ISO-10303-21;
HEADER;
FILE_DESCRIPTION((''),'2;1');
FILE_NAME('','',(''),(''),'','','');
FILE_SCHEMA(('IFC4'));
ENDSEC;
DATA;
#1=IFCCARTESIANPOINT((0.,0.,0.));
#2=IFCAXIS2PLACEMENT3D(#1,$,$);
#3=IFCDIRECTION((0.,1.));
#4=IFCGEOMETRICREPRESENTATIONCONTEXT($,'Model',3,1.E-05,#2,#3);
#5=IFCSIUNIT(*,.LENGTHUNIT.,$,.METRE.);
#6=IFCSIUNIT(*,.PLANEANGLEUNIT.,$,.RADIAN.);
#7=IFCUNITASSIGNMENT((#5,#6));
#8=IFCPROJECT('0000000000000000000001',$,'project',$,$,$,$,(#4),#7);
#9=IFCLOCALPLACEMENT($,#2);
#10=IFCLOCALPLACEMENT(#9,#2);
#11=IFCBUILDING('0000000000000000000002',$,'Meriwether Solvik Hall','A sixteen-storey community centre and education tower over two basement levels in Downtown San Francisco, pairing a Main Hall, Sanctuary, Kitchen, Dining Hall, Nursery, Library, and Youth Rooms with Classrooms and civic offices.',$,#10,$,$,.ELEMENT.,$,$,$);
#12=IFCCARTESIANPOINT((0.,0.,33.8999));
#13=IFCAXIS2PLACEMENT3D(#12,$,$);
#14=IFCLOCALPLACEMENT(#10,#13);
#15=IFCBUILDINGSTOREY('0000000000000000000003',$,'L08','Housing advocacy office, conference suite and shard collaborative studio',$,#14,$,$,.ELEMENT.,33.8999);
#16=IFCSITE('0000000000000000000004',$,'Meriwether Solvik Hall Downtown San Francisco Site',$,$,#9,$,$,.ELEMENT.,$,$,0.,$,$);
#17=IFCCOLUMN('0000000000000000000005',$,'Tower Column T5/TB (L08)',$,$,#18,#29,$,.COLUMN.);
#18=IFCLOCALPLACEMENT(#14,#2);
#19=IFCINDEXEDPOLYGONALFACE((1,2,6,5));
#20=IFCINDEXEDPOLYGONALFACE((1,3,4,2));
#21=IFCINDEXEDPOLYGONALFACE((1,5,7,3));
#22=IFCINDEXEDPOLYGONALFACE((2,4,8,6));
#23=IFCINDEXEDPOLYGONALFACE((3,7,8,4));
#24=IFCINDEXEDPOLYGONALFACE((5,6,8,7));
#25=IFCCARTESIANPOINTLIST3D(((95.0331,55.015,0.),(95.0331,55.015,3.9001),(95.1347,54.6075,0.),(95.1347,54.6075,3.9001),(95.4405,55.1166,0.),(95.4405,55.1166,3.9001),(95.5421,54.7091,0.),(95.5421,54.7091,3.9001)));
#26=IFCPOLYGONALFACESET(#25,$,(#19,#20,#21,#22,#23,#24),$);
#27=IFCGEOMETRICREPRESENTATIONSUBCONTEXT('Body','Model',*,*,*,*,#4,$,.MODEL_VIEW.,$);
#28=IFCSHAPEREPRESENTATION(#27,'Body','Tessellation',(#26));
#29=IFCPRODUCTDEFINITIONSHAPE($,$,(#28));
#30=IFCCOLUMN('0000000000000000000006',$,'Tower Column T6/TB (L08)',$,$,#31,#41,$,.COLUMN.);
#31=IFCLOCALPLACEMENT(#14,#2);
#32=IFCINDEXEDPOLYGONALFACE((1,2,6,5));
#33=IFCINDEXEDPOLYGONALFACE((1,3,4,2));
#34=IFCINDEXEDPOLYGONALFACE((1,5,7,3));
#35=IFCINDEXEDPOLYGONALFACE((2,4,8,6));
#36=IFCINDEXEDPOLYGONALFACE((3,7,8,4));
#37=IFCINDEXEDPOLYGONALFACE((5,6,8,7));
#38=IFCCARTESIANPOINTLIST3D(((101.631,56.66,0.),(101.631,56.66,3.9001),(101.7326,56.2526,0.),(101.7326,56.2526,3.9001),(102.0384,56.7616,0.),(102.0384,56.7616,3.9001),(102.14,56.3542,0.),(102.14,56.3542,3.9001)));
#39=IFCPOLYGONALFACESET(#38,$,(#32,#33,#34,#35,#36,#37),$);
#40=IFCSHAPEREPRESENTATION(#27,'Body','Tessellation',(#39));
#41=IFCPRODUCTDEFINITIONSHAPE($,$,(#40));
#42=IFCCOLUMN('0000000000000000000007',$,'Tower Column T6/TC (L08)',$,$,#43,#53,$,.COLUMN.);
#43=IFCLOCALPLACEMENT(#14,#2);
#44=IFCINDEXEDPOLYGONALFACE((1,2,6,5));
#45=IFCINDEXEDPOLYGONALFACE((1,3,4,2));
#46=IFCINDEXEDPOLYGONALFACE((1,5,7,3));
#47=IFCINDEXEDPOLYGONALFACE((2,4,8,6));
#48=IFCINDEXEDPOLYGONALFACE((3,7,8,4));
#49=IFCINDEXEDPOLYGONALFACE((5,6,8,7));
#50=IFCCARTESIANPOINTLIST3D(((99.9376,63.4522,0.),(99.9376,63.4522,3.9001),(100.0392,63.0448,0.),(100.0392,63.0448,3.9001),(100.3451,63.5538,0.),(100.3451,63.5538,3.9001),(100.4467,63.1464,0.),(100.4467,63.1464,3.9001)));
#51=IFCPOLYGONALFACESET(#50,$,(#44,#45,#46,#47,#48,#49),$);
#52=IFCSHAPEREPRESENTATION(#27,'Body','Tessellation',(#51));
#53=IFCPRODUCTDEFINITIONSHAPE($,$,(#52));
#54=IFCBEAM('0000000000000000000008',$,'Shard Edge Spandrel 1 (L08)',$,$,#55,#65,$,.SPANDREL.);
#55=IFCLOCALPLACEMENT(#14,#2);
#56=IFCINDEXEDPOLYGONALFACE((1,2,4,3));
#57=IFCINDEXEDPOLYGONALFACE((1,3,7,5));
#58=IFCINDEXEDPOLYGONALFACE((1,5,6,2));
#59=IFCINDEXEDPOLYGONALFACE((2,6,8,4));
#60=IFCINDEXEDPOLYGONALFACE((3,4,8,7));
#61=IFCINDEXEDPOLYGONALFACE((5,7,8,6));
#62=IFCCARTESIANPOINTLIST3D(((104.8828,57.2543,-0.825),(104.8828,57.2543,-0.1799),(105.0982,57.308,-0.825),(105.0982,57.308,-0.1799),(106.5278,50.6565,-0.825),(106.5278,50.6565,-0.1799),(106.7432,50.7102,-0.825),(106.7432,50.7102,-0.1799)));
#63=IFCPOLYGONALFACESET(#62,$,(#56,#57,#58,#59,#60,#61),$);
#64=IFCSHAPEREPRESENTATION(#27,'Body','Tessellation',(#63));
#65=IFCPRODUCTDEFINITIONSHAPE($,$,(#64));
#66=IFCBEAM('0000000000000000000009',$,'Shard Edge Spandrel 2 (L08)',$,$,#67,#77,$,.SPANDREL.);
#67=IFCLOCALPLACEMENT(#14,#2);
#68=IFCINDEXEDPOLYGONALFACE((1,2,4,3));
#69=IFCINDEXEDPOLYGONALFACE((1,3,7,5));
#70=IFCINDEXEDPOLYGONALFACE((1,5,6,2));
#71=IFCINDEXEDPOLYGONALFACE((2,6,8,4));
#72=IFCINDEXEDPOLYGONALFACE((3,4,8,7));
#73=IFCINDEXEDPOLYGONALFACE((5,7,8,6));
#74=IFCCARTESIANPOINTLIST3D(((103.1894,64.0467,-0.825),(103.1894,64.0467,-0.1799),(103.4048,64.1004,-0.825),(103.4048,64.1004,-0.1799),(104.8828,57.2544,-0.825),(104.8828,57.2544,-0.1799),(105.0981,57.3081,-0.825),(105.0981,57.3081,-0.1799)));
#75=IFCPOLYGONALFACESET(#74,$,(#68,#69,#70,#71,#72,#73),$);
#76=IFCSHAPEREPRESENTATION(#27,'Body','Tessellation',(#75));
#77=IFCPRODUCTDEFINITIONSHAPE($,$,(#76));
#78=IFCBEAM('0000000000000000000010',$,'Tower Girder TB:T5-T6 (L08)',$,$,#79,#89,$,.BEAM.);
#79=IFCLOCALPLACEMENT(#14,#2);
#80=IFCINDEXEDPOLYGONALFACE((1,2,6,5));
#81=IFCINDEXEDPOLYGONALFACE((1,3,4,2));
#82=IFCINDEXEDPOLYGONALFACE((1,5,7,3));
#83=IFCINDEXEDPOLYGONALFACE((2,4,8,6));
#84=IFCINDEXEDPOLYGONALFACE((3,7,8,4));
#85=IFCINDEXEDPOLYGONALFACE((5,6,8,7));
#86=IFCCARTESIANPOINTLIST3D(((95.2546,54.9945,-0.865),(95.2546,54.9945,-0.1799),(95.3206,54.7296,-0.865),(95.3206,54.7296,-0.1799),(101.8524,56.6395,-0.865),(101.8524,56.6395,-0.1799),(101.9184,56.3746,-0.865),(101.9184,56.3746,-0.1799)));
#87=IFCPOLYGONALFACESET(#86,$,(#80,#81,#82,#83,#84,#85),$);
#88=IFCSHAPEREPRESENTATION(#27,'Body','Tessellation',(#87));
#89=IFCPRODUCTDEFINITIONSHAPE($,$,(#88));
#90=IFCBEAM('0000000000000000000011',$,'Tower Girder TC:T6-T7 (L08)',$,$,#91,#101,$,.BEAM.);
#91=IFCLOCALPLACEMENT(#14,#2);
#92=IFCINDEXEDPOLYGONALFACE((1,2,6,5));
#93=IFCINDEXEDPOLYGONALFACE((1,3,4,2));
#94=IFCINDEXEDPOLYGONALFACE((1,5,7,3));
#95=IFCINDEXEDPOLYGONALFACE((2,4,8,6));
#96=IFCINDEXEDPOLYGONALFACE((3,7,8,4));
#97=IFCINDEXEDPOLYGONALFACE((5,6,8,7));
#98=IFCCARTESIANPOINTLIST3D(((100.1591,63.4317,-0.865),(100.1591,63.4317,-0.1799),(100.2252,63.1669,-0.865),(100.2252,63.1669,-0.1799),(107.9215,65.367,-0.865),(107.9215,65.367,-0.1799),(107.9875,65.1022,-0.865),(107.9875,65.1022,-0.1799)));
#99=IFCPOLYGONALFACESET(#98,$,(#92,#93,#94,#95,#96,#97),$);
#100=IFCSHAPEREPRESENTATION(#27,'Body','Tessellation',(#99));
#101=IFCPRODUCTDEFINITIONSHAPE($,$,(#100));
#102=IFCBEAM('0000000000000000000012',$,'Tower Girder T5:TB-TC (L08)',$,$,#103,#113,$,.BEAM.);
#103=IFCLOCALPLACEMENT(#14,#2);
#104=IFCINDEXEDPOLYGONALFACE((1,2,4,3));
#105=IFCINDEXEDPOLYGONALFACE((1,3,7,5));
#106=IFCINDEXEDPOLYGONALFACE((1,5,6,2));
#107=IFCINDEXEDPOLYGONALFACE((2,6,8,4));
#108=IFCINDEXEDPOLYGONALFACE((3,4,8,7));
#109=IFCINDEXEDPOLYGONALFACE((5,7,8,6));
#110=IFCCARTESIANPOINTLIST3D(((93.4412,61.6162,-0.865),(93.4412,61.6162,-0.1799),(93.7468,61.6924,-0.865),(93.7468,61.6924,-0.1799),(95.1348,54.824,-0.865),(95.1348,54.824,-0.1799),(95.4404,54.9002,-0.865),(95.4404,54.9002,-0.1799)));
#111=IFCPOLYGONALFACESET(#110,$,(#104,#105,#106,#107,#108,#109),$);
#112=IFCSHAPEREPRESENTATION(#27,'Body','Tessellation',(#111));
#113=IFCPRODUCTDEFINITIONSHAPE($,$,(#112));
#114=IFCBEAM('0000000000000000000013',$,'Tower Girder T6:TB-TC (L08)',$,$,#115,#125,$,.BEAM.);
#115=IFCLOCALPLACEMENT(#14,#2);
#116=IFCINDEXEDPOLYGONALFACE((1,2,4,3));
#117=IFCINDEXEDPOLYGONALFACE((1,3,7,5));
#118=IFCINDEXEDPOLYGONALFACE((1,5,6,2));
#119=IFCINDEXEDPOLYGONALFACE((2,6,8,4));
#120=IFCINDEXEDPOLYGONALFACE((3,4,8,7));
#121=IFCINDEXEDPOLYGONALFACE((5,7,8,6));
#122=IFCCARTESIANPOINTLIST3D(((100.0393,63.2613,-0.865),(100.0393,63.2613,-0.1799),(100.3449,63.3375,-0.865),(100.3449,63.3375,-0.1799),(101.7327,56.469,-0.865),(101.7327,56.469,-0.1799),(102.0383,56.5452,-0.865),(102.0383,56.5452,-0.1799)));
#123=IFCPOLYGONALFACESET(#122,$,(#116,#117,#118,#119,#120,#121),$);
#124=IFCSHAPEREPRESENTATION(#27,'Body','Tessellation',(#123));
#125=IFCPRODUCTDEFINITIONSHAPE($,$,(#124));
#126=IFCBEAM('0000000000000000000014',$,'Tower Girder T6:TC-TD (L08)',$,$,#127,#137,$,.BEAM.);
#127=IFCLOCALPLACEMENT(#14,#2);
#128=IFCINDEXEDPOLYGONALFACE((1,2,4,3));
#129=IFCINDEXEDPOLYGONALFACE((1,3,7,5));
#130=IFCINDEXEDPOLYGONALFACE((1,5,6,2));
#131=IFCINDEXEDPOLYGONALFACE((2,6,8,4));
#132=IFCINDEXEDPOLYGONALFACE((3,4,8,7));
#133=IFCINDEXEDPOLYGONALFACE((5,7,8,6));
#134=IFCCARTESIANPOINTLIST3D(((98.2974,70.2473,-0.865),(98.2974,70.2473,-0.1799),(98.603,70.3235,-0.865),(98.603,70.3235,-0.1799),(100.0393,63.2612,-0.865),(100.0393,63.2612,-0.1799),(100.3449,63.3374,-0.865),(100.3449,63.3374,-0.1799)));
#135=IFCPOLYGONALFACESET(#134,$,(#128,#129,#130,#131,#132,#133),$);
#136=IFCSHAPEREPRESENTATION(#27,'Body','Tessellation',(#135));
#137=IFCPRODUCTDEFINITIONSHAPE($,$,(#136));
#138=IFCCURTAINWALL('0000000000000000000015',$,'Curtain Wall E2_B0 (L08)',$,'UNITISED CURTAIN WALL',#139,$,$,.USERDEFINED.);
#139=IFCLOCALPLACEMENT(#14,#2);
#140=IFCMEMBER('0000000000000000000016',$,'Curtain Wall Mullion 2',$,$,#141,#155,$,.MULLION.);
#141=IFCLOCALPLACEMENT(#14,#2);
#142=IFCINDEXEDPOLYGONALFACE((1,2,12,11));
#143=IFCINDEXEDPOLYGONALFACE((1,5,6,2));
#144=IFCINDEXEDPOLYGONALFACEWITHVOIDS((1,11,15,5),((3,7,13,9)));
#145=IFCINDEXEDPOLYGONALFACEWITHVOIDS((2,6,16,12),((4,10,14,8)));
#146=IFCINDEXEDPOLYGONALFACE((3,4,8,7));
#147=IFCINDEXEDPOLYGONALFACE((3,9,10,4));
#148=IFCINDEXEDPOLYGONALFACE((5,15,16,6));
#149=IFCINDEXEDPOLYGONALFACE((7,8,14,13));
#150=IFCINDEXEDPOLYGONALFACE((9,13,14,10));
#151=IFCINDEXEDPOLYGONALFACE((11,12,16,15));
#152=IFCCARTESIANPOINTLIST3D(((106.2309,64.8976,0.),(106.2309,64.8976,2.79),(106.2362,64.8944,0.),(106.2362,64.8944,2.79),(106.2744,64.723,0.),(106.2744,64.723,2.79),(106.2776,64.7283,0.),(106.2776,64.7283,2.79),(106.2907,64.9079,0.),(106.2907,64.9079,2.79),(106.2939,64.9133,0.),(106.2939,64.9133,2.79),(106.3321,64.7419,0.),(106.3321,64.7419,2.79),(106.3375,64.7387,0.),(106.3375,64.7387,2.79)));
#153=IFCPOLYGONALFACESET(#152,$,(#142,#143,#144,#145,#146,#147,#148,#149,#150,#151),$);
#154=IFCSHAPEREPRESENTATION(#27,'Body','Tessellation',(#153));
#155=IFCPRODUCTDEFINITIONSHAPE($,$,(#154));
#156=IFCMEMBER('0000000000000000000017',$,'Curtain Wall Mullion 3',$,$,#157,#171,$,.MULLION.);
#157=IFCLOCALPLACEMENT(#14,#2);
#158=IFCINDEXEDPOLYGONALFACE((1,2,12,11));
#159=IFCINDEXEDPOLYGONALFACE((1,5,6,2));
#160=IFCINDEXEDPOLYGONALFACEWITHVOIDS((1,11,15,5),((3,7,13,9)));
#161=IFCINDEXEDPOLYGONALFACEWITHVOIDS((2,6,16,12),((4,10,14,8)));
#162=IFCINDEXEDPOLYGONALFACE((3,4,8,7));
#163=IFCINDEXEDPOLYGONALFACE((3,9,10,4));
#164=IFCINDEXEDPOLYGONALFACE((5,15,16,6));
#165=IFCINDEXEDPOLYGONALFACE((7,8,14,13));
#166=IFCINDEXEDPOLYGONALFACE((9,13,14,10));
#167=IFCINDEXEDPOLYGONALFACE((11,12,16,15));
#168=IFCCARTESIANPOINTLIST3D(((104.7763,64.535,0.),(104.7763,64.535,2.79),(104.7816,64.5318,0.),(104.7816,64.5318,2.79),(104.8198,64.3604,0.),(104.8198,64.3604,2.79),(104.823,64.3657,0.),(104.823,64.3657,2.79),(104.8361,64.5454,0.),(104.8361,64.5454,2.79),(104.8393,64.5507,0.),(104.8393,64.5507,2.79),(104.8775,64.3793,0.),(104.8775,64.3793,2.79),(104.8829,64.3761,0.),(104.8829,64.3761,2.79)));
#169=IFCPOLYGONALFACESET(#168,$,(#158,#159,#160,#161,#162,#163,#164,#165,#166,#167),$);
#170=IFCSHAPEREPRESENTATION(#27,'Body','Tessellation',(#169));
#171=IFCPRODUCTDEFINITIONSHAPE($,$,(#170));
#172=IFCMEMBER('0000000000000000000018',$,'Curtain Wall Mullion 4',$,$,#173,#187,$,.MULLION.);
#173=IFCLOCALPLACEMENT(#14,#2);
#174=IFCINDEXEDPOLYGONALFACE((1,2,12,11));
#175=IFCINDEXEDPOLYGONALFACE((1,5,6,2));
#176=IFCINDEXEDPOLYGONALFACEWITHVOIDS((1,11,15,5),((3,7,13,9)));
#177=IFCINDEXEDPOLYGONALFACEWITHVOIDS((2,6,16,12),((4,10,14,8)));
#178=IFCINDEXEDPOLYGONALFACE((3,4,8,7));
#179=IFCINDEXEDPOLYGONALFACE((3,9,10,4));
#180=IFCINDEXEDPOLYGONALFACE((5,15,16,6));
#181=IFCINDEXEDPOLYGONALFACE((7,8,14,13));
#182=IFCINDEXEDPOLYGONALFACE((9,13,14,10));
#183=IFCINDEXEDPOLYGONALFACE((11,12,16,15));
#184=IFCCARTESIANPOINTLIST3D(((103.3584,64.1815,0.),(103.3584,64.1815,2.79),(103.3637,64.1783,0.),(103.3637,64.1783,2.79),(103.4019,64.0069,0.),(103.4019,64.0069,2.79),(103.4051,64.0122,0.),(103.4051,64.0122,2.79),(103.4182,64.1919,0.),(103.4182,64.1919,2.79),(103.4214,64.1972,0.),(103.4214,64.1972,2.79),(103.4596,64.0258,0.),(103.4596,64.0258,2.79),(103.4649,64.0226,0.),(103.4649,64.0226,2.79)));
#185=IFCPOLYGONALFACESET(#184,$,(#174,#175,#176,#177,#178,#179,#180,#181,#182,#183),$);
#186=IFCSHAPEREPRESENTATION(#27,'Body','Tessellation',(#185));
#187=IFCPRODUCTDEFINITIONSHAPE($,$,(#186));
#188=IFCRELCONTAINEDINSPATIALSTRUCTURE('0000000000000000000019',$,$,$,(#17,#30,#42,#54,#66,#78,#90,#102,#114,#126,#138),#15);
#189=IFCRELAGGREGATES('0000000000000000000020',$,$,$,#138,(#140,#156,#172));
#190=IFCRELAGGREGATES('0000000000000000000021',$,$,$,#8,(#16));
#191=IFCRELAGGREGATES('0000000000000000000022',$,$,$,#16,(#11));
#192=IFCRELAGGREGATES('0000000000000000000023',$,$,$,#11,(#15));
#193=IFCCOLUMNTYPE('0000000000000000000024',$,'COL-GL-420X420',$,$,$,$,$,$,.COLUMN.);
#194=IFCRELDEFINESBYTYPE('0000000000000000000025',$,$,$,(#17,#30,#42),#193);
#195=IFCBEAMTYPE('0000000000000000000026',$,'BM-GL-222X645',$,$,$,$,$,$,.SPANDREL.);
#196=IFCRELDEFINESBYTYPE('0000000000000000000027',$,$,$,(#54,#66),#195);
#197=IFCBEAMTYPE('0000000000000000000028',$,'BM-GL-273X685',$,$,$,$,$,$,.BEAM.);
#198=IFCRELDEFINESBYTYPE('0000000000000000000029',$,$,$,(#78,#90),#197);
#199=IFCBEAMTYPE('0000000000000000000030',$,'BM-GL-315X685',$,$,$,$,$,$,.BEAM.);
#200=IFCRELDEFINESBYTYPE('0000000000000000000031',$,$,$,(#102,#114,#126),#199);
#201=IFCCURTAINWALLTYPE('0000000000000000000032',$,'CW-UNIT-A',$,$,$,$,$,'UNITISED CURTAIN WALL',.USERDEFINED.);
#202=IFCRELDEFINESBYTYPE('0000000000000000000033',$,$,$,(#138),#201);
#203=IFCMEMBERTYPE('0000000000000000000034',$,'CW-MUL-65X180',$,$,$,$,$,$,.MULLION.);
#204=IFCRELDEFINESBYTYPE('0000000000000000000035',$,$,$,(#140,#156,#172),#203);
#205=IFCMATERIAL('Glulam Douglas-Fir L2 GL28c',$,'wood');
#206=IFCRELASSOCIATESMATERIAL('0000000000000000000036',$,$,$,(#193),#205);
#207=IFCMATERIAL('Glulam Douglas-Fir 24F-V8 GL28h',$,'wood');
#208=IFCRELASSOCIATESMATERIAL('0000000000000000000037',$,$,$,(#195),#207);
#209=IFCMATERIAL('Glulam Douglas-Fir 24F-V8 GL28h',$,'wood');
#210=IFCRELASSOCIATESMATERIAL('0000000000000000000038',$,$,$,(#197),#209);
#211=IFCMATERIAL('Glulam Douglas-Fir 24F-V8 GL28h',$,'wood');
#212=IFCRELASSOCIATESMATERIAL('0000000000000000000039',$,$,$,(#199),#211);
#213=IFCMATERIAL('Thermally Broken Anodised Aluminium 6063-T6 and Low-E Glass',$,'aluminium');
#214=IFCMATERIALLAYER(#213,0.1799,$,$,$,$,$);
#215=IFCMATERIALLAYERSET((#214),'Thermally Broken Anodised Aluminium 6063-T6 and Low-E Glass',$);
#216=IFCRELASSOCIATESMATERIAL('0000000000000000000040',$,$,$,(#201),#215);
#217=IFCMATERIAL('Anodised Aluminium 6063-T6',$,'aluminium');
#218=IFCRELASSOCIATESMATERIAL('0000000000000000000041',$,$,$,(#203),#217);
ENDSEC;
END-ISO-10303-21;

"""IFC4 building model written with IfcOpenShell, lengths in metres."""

from ifc_helpers import new_model, si_unit, direction, frame, origin, origin_2d, place, context, subcontext, project, spatial, rectangle, hollow_rectangle, extrude, material, layer, layer_set, material_profile, profile_set, type_object, element, aggregate, save


model = new_model("IFC4")

# Units and contexts
model_context = context("Model", 3, precision=1e-05, world=origin(), true_north=direction((0.0, 1.0)))
body_context = subcontext(model_context, "Body", "Model", "MODEL_VIEW")
ifc_project = project(units=[si_unit("LENGTHUNIT", "METRE"), si_unit("PLANEANGLEUNIT", "RADIAN")], contexts=[model_context])

# Site, building, storey
site_placement = place(None, origin())
site = spatial("IfcSite", under=ifc_project, at=site_placement, Name="Meriwether Solvik Hall Downtown San Francisco Site", CompositionType="ELEMENT", RefElevation=0.0)
building_placement = place(site_placement, origin())
building = spatial("IfcBuilding", under=site, at=building_placement, Name="Meriwether Solvik Hall", Description="A sixteen-storey community centre and education tower over two basement levels in Downtown San Francisco, pairing a Main Hall, Sanctuary, Kitchen, Dining Hall, Nursery, Library, and Youth Rooms with Classrooms and civic offices.", CompositionType="ELEMENT")
storey_placement = place(building_placement, frame((0.0, 0.0, 33.8999)))
storey = spatial("IfcBuildingStorey", under=building, at=storey_placement, Name="L08", Description="Housing advocacy office, conference suite and shard collaborative studio", CompositionType="ELEMENT", Elevation=33.8999)

# Columns
ifc_material_1 = material(Name="Glulam Douglas-Fir L2 GL28c", Category="wood")
ifc_material_profile_1 = material_profile(ifc_material_1, rectangle(XDim=0.4199, YDim=0.4199, at=origin_2d()), Name="GLC-420X420")
ifc_profile_set_1 = profile_set([ifc_material_profile_1], Name="Glulam Douglas-Fir L2 GL28c")
column_type = type_object("IfcColumnType", Name="COL-GL-420X420", PredefinedType="COLUMN", material=ifc_profile_set_1)
for number, where, z_axis, x_axis, name in (
    (1, (95.2876, 54.8621, 0.0), (0.0, 0.0, 1.0), (0.970296, 0.241922, 0.0), "Tower Column T5/TB (L08)"),
    (2, (101.8855, 56.5071, 0.0), (0.0, 0.0, 1.0), (0.970296, 0.241922, 0.0), "Tower Column T6/TB (L08)"),
    (3, (100.1921, 63.2993, 0.0), (0.0, 0.0, 1.0), (0.970296, 0.241922, 0.0), "Tower Column T6/TC (L08)"),
):
    element("IfcColumn", number, at=place(storey_placement, frame(where, z_axis=z_axis, x_axis=x_axis)), inside=storey, type_object=column_type, Name=name, PredefinedType="COLUMN", context=body_context, shape_type="SweptSolid", body=[
        extrude(rectangle(XDim=0.4199, YDim=0.4199, at=origin_2d()), origin(), (0.0, 0.0, 1.0), 3.9001),
    ])

# Beams
ifc_material_2 = material(Name="Glulam Douglas-Fir 24F-V8 GL28h", Category="wood")
ifc_material_profile_2 = material_profile(ifc_material_2, rectangle(XDim=0.2219, YDim=0.645, at=origin_2d()), Name="GLB-222X645")
ifc_profile_set_2 = profile_set([ifc_material_profile_2], Name="Glulam Douglas-Fir 24F-V8 GL28h")
beam_type_1 = type_object("IfcBeamType", Name="BM-GL-222X645", PredefinedType="SPANDREL", material=ifc_profile_set_2)
beam_1_placement = place(storey_placement, frame((106.6355, 50.6833, -0.5024), z_axis=(-0.241919, 0.970296, 0.0), x_axis=(-0.970296, -0.241919, 0.0)))
element("IfcBeam", 4, at=beam_1_placement, inside=storey, type_object=beam_type_1, Name="Shard Edge Spandrel 1 (L08)", PredefinedType="SPANDREL", context=body_context, shape_type="SweptSolid", body=[
    extrude(rectangle(XDim=0.2219, YDim=0.645, at=origin_2d()), origin(), (0.0, 0.0, 1.0), 6.7998),
])
beam_2_placement = place(storey_placement, frame((104.9905, 57.2812, -0.5024), z_axis=(-0.241904, 0.9703, 0.0), x_axis=(-0.9703, -0.241904, 0.0)))
element("IfcBeam", 5, at=beam_2_placement, inside=storey, type_object=beam_type_1, Name="Shard Edge Spandrel 2 (L08)", PredefinedType="SPANDREL", context=body_context, shape_type="SweptSolid", body=[
    extrude(rectangle(XDim=0.2219, YDim=0.645, at=origin_2d()), origin(), (0.0, 0.0, 1.0), 7.0002),
])
ifc_material_3 = material(Name="Glulam Douglas-Fir 24F-V8 GL28h", Category="wood")
ifc_material_profile_3 = material_profile(ifc_material_3, rectangle(XDim=0.2729, YDim=0.6851, at=origin_2d()), Name="GLB-273X685")
ifc_profile_set_3 = profile_set([ifc_material_profile_3], Name="Glulam Douglas-Fir 24F-V8 GL28h")
beam_type_2 = type_object("IfcBeamType", Name="BM-GL-273X685", PredefinedType="BEAM", material=ifc_profile_set_3)
beam_3_placement = place(storey_placement, frame((95.2876, 54.8621, -0.5225), z_axis=(0.970296, 0.241919, 0.0), x_axis=(-0.241919, 0.970296, 0.0)))
element("IfcBeam", 6, at=beam_3_placement, inside=storey, type_object=beam_type_2, Name="Tower Girder TB:T5-T6 (L08)", PredefinedType="BEAM", context=body_context, shape_type="SweptSolid", body=[
    extrude(rectangle(XDim=0.2729, YDim=0.6851, at=origin_2d()), origin(), (0.0, 0.0, 1.0), 6.7998),
])
beam_4_placement = place(storey_placement, frame((100.1921, 63.2993, -0.5225), z_axis=(0.970298, 0.241911, 0.0), x_axis=(-0.241911, 0.970298, 0.0)))
element("IfcBeam", 7, at=beam_4_placement, inside=storey, type_object=beam_type_2, Name="Tower Girder TC:T6-T7 (L08)", PredefinedType="BEAM", context=body_context, shape_type="SweptSolid", body=[
    extrude(rectangle(XDim=0.2729, YDim=0.6851, at=origin_2d()), origin(), (0.0, 0.0, 1.0), 8.0),
])
ifc_material_4 = material(Name="Glulam Douglas-Fir 24F-V8 GL28h", Category="wood")
ifc_material_profile_4 = material_profile(ifc_material_4, rectangle(XDim=0.3149, YDim=0.6851, at=origin_2d()), Name="GLB-315X685")
ifc_profile_set_4 = profile_set([ifc_material_profile_4], Name="Glulam Douglas-Fir 24F-V8 GL28h")
beam_type_3 = type_object("IfcBeamType", Name="BM-GL-315X685", PredefinedType="BEAM", material=ifc_profile_set_4)
for number, where, z_axis, x_axis, name in (
    (8, (95.2876, 54.8621, -0.5225), (-0.241937, 0.970292, 0.0), (-0.970292, -0.241937, 0.0), "Tower Girder T5:TB-TC (L08)"),
    (9, (101.8855, 56.5071, -0.5225), (-0.241904, 0.9703, 0.0), (-0.9703, -0.241904, 0.0), "Tower Girder T6:TB-TC (L08)"),
):
    element("IfcBeam", number, at=place(storey_placement, frame(where, z_axis=z_axis, x_axis=x_axis)), inside=storey, type_object=beam_type_3, Name=name, PredefinedType="BEAM", context=body_context, shape_type="SweptSolid", body=[
        extrude(rectangle(XDim=0.3149, YDim=0.6851, at=origin_2d()), origin(), (0.0, 0.0, 1.0), 7.0002),
    ])
beam_5_placement = place(storey_placement, frame((100.1921, 63.2993, -0.5225), z_axis=(-0.241937, 0.970292, 0.0), x_axis=(-0.970292, -0.241937, 0.0)))
element("IfcBeam", 10, at=beam_5_placement, inside=storey, type_object=beam_type_3, Name="Tower Girder T6:TC-TD (L08)", PredefinedType="BEAM", context=body_context, shape_type="SweptSolid", body=[
    extrude(rectangle(XDim=0.3149, YDim=0.6851, at=origin_2d()), origin(), (0.0, 0.0, 1.0), 7.2),
])

# Curtain wall, members
ifc_material_5 = material(Name="Thermally Broken Anodised Aluminium 6063-T6 and Low-E Glass", Category="aluminium")
ifc_layer_1 = layer(ifc_material_5, 0.1799)
ifc_layer_set_1 = layer_set([ifc_layer_1], Name="Thermally Broken Anodised Aluminium 6063-T6 and Low-E Glass")
curtain_wall_type = type_object("IfcCurtainWallType", Name="CW-UNIT-A", ElementType="UNITISED CURTAIN WALL", PredefinedType="USERDEFINED", material=ifc_layer_set_1)
curtain_wall_placement = place(storey_placement, origin())
curtain_wall = element("IfcCurtainWall", 11, at=curtain_wall_placement, inside=storey, type_object=curtain_wall_type, Name="Curtain Wall E2_B0 (L08)", ObjectType="UNITISED CURTAIN WALL", PredefinedType="USERDEFINED")
ifc_material_6 = material(Name="Anodised Aluminium 6063-T6", Category="aluminium")
ifc_material_profile_5 = material_profile(ifc_material_6, hollow_rectangle(XDim=0.0649, YDim=0.1799, WallThickness=0.0044, at=origin_2d()), Name="CWM-65X180")
ifc_profile_set_5 = profile_set([ifc_material_profile_5], Name="Anodised Aluminium 6063-T6")
member_type_1 = type_object("IfcMemberType", Name="CW-MUL-65X180", PredefinedType="MULLION", material=ifc_profile_set_5)
member_1_placement = place(storey_placement, frame((106.2842, 64.8181, 0.0), z_axis=(0.0, 0.0, 1.0), x_axis=(-0.970296, -0.241922, 0.0)))
member_1 = element("IfcMember", 12, at=member_1_placement, type_object=member_type_1, Name="Curtain Wall Mullion 2", PredefinedType="MULLION", context=body_context, shape_type="SweptSolid", body=[
    extrude(hollow_rectangle(XDim=0.0649, YDim=0.1799, WallThickness=0.0044, at=origin_2d()), origin(), (0.0, 0.0, 1.0), 2.79),
])
member_2_placement = place(storey_placement, frame((104.8296, 64.4556, 0.0), z_axis=(0.0, 0.0, 1.0), x_axis=(-0.970296, -0.241922, 0.0)))
member_2 = element("IfcMember", 13, at=member_2_placement, type_object=member_type_1, Name="Curtain Wall Mullion 3", PredefinedType="MULLION", context=body_context, shape_type="SweptSolid", body=[
    extrude(hollow_rectangle(XDim=0.0649, YDim=0.1799, WallThickness=0.0044, at=origin_2d()), origin(), (0.0, 0.0, 1.0), 2.79),
])
member_3_placement = place(storey_placement, frame((103.4116, 64.1021, 0.0), z_axis=(0.0, 0.0, 1.0), x_axis=(-0.970296, -0.241922, 0.0)))
member_3 = element("IfcMember", 14, at=member_3_placement, type_object=member_type_1, Name="Curtain Wall Mullion 4", PredefinedType="MULLION", context=body_context, shape_type="SweptSolid", body=[
    extrude(hollow_rectangle(XDim=0.0649, YDim=0.1799, WallThickness=0.0044, at=origin_2d()), origin(), (0.0, 0.0, 1.0), 2.79),
])

aggregate(curtain_wall, [member_1, member_2, member_3])

save(model, "model.ifc")
